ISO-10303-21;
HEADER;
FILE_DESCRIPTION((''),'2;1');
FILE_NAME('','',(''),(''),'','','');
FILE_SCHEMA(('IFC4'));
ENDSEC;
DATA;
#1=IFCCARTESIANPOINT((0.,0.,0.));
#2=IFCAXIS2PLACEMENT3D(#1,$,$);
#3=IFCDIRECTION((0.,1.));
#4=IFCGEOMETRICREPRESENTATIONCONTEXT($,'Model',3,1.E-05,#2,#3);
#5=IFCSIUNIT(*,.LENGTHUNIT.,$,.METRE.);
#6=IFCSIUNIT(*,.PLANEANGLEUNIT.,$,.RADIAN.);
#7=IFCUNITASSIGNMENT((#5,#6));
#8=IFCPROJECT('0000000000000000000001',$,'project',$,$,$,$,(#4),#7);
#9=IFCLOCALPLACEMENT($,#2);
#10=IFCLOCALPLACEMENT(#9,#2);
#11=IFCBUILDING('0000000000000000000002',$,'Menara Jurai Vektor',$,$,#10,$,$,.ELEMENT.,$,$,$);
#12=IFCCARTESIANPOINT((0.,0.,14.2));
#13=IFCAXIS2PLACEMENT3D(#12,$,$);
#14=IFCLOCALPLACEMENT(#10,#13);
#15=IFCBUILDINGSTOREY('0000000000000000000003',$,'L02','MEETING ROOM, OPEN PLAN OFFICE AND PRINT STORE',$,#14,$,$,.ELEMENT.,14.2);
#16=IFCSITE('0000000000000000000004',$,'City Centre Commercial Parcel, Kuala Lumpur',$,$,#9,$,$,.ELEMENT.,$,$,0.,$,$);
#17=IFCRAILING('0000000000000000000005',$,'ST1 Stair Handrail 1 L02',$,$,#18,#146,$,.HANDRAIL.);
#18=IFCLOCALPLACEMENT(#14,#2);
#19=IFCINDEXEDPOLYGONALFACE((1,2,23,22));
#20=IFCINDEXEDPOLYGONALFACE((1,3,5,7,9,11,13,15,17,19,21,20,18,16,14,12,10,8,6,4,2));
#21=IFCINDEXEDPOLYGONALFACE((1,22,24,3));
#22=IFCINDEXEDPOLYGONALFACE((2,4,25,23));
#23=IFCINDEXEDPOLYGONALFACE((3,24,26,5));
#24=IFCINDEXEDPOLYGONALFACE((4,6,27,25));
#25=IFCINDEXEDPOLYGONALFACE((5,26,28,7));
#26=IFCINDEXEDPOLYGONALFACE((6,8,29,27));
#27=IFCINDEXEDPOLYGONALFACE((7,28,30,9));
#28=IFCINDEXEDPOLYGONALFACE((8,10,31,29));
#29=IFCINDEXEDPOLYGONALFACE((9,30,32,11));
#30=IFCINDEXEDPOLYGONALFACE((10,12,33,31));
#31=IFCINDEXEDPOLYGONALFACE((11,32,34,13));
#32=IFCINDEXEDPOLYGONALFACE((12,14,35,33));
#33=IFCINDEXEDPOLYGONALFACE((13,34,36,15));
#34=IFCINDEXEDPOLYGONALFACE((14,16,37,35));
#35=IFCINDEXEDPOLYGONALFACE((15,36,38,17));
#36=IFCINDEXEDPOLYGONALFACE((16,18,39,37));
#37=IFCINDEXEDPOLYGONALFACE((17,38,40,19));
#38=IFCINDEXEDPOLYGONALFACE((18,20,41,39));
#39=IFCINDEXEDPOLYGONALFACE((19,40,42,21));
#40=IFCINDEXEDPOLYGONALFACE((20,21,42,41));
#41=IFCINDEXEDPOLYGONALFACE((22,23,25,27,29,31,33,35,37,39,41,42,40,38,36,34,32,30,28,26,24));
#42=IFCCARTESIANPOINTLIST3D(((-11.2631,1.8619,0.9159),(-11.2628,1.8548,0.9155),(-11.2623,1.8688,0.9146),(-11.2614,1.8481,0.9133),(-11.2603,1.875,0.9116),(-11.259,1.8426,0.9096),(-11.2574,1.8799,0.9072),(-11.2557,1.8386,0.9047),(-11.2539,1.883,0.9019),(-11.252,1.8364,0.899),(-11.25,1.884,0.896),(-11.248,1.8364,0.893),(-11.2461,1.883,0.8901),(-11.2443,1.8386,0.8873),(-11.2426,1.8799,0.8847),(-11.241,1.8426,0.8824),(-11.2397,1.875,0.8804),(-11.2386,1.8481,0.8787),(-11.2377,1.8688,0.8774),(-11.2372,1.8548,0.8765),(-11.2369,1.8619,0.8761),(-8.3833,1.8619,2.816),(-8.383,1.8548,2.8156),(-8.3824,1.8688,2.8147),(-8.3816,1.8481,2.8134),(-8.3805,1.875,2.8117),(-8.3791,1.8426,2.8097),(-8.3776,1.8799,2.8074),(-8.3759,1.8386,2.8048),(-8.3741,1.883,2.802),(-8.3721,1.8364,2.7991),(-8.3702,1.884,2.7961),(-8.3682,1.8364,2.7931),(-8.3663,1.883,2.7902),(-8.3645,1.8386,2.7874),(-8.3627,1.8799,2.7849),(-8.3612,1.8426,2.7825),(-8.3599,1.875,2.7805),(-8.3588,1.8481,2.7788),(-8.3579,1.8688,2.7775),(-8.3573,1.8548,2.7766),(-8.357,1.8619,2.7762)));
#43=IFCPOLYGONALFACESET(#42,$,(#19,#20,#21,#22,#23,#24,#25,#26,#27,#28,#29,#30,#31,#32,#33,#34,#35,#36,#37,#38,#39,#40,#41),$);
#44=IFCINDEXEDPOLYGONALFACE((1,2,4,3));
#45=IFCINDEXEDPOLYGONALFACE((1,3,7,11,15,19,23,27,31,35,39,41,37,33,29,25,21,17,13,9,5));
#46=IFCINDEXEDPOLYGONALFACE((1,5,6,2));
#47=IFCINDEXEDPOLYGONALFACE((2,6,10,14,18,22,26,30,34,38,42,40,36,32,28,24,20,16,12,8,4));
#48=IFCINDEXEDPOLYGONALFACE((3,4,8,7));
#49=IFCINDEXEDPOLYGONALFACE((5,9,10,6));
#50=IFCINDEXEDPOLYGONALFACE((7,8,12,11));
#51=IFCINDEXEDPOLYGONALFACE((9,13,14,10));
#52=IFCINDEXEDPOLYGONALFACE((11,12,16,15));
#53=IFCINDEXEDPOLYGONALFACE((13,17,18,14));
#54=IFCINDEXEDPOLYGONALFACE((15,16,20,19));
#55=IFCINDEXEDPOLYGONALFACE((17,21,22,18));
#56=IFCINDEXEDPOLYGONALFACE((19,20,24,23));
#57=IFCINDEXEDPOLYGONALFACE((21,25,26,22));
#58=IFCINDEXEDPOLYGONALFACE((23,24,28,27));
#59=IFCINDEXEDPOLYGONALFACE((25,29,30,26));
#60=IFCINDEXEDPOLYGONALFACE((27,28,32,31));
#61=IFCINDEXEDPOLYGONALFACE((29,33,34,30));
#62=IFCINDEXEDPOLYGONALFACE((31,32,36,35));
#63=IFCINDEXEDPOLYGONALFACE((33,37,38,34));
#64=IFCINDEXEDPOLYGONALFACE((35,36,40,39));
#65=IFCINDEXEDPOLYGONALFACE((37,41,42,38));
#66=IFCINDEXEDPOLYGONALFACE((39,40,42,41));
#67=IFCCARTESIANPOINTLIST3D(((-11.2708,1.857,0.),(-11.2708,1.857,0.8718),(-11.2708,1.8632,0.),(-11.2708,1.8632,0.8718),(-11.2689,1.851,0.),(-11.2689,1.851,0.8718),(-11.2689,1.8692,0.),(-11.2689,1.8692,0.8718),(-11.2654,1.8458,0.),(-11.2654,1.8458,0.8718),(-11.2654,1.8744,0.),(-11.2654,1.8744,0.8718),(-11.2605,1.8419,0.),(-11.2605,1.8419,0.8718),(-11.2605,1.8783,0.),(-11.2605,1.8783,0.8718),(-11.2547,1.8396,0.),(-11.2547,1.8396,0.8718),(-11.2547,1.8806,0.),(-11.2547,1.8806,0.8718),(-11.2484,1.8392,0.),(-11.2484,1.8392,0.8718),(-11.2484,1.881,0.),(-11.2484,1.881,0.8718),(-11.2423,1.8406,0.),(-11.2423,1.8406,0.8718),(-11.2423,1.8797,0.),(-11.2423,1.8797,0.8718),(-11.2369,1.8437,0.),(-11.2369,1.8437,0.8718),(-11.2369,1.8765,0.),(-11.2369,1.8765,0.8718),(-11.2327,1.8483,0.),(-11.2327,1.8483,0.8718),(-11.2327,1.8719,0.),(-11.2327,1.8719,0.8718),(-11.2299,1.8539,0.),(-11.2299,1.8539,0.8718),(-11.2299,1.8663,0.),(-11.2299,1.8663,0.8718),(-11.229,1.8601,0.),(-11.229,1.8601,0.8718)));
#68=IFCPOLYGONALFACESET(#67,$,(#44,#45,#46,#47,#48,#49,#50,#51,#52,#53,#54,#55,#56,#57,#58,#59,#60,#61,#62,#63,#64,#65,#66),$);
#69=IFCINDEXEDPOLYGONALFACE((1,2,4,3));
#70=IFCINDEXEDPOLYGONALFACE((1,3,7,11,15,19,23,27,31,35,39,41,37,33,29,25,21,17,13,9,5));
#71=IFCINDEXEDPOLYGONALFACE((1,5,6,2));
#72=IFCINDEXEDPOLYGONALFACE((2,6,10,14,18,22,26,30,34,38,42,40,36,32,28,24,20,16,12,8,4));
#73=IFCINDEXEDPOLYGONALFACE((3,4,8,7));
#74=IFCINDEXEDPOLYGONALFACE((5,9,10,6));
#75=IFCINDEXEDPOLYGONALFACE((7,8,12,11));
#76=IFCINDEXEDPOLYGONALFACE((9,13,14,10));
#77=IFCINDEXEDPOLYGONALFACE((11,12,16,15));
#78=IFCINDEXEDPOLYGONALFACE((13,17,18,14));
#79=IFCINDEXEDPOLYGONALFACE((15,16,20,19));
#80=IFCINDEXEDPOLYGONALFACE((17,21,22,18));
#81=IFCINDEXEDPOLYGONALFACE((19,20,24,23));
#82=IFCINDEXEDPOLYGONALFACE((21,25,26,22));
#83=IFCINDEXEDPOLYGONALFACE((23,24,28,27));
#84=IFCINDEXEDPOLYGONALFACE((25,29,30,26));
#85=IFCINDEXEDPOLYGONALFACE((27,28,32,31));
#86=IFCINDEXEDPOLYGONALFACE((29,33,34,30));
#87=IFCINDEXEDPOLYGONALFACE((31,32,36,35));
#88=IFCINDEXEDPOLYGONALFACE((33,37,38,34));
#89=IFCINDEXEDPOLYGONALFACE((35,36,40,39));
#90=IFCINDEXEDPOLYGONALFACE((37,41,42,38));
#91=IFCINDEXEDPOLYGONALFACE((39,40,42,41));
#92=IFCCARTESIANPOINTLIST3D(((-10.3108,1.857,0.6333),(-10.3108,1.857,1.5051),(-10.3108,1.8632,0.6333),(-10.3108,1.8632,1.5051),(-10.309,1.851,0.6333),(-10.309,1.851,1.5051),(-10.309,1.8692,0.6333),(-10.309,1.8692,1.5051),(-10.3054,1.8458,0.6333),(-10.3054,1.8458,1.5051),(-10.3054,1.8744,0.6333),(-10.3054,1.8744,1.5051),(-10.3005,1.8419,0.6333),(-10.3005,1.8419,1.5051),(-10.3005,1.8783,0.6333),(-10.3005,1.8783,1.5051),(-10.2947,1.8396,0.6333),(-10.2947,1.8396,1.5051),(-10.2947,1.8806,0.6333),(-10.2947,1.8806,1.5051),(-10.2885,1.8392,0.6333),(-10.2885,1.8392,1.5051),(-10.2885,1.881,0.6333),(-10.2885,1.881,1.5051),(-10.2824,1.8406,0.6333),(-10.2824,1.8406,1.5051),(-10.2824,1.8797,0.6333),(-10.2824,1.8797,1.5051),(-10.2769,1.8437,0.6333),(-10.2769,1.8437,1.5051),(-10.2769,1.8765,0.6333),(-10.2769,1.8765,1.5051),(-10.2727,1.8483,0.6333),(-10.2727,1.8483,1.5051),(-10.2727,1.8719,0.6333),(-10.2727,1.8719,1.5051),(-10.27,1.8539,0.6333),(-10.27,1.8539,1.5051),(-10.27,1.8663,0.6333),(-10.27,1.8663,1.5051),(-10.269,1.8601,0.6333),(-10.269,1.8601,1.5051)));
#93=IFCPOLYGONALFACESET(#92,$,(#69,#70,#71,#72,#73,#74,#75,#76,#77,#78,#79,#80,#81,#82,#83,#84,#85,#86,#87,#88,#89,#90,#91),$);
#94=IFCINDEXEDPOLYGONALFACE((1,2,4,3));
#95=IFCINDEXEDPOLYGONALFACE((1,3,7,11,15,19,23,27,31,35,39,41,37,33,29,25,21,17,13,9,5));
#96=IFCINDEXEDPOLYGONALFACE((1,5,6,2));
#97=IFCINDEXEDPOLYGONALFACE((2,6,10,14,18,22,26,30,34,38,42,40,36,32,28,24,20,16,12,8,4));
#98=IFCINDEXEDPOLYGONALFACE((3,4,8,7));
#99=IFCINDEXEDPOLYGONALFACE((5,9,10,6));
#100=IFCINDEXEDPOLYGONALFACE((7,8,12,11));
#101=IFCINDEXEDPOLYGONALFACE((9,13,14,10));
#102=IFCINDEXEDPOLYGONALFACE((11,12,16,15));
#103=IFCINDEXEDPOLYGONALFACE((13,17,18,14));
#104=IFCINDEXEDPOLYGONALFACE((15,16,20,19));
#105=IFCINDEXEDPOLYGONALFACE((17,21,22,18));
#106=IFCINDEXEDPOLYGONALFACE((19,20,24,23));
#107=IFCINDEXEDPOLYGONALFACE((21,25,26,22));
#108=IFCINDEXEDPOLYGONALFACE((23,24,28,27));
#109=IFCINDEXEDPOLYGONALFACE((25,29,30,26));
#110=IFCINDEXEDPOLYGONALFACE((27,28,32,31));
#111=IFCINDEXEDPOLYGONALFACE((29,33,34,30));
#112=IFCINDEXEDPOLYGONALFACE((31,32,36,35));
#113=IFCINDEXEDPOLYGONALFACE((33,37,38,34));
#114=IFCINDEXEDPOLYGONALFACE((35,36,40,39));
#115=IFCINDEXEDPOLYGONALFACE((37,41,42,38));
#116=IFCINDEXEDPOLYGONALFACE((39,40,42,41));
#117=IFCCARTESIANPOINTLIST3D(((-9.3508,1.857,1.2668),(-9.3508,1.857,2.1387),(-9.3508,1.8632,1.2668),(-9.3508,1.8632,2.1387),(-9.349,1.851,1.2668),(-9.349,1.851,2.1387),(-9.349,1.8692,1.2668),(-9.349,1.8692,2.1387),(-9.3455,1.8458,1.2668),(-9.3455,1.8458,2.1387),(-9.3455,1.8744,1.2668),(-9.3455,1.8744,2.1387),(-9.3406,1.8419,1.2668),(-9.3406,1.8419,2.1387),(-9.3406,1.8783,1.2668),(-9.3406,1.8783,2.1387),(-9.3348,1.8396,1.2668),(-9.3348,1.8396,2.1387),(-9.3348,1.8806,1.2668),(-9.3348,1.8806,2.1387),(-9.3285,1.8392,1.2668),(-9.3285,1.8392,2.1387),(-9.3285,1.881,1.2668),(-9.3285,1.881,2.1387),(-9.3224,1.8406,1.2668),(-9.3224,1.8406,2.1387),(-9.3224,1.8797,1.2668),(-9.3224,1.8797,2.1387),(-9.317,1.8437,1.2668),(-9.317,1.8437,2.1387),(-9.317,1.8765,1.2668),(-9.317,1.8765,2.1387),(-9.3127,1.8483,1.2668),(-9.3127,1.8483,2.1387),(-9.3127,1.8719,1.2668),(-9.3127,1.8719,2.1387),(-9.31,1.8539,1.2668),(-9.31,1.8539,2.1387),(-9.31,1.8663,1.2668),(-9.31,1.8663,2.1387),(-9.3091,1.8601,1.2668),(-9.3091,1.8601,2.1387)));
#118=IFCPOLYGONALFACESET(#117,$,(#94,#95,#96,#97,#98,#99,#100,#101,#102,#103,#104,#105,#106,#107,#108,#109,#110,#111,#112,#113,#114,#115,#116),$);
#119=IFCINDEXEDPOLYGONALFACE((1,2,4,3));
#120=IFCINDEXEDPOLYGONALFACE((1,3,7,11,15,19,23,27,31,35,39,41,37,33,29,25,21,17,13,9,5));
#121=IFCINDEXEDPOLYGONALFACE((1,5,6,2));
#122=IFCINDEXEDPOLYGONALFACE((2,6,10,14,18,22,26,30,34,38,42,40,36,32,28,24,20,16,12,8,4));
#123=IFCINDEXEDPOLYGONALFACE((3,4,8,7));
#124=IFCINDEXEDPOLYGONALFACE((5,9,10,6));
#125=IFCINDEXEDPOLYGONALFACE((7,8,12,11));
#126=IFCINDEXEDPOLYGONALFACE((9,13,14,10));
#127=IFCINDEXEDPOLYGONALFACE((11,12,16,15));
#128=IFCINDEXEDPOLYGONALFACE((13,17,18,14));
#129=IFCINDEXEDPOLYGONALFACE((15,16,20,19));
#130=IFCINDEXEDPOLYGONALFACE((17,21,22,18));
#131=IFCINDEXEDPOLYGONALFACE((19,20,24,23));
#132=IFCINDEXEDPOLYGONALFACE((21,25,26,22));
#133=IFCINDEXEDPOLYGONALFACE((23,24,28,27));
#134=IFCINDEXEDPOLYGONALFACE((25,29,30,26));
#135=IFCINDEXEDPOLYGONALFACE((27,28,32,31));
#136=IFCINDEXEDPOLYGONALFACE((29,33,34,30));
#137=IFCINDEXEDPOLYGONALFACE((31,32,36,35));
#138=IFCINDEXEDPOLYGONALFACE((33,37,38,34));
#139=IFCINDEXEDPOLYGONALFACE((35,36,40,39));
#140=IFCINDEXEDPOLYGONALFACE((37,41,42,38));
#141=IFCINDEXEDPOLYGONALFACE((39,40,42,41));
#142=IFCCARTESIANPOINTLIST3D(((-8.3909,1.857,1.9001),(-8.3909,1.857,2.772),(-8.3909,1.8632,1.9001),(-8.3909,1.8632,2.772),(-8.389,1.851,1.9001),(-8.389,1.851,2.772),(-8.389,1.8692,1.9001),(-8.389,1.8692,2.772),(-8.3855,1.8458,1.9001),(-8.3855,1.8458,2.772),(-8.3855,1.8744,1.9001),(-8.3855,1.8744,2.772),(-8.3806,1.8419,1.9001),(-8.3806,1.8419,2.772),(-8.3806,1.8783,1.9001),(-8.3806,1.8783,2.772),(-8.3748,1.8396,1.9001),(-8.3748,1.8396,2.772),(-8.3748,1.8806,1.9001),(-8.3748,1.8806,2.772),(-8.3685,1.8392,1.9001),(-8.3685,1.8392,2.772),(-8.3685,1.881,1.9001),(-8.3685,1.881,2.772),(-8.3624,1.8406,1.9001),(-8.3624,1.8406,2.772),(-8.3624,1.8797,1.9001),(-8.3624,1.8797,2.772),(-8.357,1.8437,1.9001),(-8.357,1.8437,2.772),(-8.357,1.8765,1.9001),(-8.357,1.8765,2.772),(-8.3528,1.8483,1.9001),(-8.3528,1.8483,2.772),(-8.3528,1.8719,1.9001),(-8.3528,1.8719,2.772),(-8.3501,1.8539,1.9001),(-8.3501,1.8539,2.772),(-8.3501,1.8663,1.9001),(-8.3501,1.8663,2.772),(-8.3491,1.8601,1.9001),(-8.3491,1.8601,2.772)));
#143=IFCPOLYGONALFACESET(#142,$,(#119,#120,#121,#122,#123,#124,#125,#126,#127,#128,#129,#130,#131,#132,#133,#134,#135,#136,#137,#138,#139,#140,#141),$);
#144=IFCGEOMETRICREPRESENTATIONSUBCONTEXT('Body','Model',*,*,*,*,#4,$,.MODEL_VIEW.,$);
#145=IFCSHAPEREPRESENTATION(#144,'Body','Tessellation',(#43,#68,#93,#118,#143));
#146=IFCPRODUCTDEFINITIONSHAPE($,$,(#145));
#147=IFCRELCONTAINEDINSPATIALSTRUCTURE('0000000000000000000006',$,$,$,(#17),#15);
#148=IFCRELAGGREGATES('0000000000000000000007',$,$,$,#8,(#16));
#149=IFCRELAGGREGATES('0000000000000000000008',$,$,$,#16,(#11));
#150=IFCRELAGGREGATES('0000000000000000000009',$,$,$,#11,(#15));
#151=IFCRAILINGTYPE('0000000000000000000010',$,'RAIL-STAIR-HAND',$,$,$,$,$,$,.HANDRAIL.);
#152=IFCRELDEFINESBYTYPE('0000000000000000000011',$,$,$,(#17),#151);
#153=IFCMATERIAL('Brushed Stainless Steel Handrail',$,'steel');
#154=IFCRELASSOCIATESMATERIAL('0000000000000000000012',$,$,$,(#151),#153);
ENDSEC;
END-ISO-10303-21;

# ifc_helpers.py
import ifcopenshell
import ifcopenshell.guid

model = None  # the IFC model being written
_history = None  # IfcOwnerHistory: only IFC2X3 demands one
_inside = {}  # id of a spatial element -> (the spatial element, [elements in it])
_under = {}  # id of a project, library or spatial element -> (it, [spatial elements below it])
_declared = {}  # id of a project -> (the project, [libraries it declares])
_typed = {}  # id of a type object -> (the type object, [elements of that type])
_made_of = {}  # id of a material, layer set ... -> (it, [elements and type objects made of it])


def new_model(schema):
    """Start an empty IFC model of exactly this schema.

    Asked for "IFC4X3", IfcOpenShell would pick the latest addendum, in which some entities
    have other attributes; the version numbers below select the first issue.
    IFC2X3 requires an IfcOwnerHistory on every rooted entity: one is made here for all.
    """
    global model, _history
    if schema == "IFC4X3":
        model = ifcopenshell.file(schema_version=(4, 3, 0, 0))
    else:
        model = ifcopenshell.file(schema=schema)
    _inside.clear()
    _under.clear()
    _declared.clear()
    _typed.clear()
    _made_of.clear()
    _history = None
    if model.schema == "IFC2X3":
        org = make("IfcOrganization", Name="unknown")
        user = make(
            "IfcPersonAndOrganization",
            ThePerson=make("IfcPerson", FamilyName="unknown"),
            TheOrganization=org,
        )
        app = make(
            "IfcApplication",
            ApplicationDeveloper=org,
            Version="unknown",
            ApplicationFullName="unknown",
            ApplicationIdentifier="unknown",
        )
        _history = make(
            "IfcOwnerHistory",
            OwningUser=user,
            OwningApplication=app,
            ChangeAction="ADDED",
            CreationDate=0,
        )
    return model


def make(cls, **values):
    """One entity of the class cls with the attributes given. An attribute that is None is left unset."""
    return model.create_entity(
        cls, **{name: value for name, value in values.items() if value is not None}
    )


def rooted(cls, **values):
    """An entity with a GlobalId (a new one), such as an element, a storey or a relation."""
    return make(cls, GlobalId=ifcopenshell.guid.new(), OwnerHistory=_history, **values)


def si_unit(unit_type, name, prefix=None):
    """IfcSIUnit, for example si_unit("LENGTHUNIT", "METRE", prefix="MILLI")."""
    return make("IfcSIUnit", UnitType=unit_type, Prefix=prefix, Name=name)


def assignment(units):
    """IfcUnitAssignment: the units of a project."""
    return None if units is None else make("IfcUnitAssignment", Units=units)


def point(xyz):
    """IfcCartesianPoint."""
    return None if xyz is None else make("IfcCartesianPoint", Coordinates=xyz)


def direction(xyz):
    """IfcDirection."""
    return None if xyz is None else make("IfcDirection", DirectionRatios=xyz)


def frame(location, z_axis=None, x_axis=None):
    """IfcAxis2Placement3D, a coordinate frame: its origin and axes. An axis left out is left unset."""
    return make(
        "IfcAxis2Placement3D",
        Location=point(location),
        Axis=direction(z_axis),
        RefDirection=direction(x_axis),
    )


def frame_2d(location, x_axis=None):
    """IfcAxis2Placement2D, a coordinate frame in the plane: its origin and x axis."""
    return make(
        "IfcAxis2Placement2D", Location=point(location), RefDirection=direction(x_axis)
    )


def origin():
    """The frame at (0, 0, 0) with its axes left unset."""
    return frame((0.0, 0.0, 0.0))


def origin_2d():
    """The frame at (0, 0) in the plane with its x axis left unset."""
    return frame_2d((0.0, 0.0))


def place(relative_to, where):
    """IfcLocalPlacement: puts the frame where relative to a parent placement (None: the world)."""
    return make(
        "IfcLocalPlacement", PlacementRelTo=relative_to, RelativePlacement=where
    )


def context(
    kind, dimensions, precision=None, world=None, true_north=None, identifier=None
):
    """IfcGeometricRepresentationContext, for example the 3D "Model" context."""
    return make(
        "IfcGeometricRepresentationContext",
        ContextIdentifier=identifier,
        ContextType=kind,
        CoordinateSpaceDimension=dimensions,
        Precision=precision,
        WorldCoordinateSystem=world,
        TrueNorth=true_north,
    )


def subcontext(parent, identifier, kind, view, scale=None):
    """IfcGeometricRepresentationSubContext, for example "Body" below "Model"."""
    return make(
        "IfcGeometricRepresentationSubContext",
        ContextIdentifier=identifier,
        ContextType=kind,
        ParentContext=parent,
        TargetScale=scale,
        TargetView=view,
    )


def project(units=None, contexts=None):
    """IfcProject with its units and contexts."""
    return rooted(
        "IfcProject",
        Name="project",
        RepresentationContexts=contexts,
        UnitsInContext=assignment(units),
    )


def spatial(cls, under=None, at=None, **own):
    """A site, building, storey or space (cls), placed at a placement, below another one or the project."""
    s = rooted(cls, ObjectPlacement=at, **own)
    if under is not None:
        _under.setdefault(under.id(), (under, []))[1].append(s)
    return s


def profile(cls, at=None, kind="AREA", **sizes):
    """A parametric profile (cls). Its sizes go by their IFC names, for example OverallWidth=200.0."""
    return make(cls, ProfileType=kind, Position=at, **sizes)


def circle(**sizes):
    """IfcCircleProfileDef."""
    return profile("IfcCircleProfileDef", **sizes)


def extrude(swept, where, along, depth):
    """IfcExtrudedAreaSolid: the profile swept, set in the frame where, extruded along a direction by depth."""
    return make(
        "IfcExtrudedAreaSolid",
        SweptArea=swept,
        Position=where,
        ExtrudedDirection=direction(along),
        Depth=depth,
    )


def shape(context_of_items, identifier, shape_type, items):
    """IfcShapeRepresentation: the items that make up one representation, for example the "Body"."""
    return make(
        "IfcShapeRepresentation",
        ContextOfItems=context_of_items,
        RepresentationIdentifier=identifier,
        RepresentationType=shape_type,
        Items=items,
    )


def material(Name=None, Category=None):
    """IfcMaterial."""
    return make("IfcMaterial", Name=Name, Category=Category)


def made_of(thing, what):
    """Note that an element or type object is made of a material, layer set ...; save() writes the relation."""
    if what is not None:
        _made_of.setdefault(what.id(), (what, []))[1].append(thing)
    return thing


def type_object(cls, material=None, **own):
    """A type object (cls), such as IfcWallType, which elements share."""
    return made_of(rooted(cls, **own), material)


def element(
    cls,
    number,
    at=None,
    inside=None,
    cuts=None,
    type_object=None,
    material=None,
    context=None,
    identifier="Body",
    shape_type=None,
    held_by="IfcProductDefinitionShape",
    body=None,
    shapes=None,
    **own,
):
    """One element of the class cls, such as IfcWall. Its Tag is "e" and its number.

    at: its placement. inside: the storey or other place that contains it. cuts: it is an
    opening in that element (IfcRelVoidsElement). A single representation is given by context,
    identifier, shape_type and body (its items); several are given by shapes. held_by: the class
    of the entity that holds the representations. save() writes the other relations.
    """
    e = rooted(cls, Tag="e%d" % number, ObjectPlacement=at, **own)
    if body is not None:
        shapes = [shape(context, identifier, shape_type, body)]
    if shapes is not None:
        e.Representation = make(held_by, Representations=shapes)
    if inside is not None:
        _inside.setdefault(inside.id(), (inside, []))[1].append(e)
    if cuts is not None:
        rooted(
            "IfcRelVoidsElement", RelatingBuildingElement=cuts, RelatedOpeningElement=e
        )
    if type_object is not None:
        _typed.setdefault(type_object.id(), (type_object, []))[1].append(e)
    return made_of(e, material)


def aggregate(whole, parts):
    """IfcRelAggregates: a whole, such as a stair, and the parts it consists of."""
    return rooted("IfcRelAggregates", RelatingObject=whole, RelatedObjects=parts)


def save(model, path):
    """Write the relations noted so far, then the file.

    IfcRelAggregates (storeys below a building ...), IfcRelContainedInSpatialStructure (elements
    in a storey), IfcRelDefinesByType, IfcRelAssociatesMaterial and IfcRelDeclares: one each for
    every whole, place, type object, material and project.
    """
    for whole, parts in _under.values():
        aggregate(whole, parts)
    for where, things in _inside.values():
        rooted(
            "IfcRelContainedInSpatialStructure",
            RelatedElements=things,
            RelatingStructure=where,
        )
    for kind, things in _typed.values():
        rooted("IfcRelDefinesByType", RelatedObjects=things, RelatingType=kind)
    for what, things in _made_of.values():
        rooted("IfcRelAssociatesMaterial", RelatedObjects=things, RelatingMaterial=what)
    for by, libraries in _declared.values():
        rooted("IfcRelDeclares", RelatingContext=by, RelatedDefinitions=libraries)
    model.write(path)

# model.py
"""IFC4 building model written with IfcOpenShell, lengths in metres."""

from ifc_helpers import new_model, si_unit, direction, frame, origin, origin_2d, place, context, subcontext, project, spatial, circle, extrude, material, type_object, element, save


model = new_model("IFC4")

# Units and contexts
model_context = context("Model", 3, precision=1e-05, world=origin(), true_north=direction((0.0, 1.0)))
body_context = subcontext(model_context, "Body", "Model", "MODEL_VIEW")
ifc_project = project(units=[si_unit("LENGTHUNIT", "METRE"), si_unit("PLANEANGLEUNIT", "RADIAN")], contexts=[model_context])

# Site, building, storey
site_placement = place(None, origin())
site = spatial("IfcSite", under=ifc_project, at=site_placement, Name="City Centre Commercial Parcel, Kuala Lumpur", CompositionType="ELEMENT", RefElevation=0.0)
building_placement = place(site_placement, origin())
building = spatial("IfcBuilding", under=site, at=building_placement, Name="Menara Jurai Vektor", CompositionType="ELEMENT")
storey_placement = place(building_placement, frame((0.0, 0.0, 14.2)))
storey = spatial("IfcBuildingStorey", under=building, at=storey_placement, Name="L02", Description="MEETING ROOM, OPEN PLAN OFFICE AND PRINT STORE", CompositionType="ELEMENT", Elevation=14.2)

# Railing
ifc_material_1 = material(Name="Brushed Stainless Steel Handrail", Category="steel")
railing_type_1 = type_object("IfcRailingType", Name="RAIL-STAIR-HAND", PredefinedType="HANDRAIL", material=ifc_material_1)
railing_1_placement = place(storey_placement, frame((-11.25, 1.8601, 0.0)))
element("IfcRailing", 1, at=railing_1_placement, inside=storey, type_object=railing_type_1, Name="ST1 Stair Handrail 1 L02", PredefinedType="HANDRAIL", context=body_context, shape_type="SweptSolid", body=[
    extrude(circle(Radius=0.0239, at=origin_2d()), frame((0.0, 0.0, 0.896), z_axis=(0.834686, 0.0, 0.550726), x_axis=(0.0, 1.0, 0.0)), (0.0, 0.0, 1.0), 3.4502),
    extrude(circle(Radius=0.021, at=origin_2d()), origin(), (0.0, 0.0, 1.0), 0.8718),
    extrude(circle(Radius=0.021, at=origin_2d()), frame((0.96, 0.0, 0.6333)), (0.0, 0.0, 1.0), 0.8718),
    extrude(circle(Radius=0.021, at=origin_2d()), frame((1.9199, 0.0, 1.2668)), (0.0, 0.0, 1.0), 0.8718),
    extrude(circle(Radius=0.021, at=origin_2d()), frame((2.8799, 0.0, 1.9001)), (0.0, 0.0, 1.0), 0.8718),
])

save(model, "model.ifc")
